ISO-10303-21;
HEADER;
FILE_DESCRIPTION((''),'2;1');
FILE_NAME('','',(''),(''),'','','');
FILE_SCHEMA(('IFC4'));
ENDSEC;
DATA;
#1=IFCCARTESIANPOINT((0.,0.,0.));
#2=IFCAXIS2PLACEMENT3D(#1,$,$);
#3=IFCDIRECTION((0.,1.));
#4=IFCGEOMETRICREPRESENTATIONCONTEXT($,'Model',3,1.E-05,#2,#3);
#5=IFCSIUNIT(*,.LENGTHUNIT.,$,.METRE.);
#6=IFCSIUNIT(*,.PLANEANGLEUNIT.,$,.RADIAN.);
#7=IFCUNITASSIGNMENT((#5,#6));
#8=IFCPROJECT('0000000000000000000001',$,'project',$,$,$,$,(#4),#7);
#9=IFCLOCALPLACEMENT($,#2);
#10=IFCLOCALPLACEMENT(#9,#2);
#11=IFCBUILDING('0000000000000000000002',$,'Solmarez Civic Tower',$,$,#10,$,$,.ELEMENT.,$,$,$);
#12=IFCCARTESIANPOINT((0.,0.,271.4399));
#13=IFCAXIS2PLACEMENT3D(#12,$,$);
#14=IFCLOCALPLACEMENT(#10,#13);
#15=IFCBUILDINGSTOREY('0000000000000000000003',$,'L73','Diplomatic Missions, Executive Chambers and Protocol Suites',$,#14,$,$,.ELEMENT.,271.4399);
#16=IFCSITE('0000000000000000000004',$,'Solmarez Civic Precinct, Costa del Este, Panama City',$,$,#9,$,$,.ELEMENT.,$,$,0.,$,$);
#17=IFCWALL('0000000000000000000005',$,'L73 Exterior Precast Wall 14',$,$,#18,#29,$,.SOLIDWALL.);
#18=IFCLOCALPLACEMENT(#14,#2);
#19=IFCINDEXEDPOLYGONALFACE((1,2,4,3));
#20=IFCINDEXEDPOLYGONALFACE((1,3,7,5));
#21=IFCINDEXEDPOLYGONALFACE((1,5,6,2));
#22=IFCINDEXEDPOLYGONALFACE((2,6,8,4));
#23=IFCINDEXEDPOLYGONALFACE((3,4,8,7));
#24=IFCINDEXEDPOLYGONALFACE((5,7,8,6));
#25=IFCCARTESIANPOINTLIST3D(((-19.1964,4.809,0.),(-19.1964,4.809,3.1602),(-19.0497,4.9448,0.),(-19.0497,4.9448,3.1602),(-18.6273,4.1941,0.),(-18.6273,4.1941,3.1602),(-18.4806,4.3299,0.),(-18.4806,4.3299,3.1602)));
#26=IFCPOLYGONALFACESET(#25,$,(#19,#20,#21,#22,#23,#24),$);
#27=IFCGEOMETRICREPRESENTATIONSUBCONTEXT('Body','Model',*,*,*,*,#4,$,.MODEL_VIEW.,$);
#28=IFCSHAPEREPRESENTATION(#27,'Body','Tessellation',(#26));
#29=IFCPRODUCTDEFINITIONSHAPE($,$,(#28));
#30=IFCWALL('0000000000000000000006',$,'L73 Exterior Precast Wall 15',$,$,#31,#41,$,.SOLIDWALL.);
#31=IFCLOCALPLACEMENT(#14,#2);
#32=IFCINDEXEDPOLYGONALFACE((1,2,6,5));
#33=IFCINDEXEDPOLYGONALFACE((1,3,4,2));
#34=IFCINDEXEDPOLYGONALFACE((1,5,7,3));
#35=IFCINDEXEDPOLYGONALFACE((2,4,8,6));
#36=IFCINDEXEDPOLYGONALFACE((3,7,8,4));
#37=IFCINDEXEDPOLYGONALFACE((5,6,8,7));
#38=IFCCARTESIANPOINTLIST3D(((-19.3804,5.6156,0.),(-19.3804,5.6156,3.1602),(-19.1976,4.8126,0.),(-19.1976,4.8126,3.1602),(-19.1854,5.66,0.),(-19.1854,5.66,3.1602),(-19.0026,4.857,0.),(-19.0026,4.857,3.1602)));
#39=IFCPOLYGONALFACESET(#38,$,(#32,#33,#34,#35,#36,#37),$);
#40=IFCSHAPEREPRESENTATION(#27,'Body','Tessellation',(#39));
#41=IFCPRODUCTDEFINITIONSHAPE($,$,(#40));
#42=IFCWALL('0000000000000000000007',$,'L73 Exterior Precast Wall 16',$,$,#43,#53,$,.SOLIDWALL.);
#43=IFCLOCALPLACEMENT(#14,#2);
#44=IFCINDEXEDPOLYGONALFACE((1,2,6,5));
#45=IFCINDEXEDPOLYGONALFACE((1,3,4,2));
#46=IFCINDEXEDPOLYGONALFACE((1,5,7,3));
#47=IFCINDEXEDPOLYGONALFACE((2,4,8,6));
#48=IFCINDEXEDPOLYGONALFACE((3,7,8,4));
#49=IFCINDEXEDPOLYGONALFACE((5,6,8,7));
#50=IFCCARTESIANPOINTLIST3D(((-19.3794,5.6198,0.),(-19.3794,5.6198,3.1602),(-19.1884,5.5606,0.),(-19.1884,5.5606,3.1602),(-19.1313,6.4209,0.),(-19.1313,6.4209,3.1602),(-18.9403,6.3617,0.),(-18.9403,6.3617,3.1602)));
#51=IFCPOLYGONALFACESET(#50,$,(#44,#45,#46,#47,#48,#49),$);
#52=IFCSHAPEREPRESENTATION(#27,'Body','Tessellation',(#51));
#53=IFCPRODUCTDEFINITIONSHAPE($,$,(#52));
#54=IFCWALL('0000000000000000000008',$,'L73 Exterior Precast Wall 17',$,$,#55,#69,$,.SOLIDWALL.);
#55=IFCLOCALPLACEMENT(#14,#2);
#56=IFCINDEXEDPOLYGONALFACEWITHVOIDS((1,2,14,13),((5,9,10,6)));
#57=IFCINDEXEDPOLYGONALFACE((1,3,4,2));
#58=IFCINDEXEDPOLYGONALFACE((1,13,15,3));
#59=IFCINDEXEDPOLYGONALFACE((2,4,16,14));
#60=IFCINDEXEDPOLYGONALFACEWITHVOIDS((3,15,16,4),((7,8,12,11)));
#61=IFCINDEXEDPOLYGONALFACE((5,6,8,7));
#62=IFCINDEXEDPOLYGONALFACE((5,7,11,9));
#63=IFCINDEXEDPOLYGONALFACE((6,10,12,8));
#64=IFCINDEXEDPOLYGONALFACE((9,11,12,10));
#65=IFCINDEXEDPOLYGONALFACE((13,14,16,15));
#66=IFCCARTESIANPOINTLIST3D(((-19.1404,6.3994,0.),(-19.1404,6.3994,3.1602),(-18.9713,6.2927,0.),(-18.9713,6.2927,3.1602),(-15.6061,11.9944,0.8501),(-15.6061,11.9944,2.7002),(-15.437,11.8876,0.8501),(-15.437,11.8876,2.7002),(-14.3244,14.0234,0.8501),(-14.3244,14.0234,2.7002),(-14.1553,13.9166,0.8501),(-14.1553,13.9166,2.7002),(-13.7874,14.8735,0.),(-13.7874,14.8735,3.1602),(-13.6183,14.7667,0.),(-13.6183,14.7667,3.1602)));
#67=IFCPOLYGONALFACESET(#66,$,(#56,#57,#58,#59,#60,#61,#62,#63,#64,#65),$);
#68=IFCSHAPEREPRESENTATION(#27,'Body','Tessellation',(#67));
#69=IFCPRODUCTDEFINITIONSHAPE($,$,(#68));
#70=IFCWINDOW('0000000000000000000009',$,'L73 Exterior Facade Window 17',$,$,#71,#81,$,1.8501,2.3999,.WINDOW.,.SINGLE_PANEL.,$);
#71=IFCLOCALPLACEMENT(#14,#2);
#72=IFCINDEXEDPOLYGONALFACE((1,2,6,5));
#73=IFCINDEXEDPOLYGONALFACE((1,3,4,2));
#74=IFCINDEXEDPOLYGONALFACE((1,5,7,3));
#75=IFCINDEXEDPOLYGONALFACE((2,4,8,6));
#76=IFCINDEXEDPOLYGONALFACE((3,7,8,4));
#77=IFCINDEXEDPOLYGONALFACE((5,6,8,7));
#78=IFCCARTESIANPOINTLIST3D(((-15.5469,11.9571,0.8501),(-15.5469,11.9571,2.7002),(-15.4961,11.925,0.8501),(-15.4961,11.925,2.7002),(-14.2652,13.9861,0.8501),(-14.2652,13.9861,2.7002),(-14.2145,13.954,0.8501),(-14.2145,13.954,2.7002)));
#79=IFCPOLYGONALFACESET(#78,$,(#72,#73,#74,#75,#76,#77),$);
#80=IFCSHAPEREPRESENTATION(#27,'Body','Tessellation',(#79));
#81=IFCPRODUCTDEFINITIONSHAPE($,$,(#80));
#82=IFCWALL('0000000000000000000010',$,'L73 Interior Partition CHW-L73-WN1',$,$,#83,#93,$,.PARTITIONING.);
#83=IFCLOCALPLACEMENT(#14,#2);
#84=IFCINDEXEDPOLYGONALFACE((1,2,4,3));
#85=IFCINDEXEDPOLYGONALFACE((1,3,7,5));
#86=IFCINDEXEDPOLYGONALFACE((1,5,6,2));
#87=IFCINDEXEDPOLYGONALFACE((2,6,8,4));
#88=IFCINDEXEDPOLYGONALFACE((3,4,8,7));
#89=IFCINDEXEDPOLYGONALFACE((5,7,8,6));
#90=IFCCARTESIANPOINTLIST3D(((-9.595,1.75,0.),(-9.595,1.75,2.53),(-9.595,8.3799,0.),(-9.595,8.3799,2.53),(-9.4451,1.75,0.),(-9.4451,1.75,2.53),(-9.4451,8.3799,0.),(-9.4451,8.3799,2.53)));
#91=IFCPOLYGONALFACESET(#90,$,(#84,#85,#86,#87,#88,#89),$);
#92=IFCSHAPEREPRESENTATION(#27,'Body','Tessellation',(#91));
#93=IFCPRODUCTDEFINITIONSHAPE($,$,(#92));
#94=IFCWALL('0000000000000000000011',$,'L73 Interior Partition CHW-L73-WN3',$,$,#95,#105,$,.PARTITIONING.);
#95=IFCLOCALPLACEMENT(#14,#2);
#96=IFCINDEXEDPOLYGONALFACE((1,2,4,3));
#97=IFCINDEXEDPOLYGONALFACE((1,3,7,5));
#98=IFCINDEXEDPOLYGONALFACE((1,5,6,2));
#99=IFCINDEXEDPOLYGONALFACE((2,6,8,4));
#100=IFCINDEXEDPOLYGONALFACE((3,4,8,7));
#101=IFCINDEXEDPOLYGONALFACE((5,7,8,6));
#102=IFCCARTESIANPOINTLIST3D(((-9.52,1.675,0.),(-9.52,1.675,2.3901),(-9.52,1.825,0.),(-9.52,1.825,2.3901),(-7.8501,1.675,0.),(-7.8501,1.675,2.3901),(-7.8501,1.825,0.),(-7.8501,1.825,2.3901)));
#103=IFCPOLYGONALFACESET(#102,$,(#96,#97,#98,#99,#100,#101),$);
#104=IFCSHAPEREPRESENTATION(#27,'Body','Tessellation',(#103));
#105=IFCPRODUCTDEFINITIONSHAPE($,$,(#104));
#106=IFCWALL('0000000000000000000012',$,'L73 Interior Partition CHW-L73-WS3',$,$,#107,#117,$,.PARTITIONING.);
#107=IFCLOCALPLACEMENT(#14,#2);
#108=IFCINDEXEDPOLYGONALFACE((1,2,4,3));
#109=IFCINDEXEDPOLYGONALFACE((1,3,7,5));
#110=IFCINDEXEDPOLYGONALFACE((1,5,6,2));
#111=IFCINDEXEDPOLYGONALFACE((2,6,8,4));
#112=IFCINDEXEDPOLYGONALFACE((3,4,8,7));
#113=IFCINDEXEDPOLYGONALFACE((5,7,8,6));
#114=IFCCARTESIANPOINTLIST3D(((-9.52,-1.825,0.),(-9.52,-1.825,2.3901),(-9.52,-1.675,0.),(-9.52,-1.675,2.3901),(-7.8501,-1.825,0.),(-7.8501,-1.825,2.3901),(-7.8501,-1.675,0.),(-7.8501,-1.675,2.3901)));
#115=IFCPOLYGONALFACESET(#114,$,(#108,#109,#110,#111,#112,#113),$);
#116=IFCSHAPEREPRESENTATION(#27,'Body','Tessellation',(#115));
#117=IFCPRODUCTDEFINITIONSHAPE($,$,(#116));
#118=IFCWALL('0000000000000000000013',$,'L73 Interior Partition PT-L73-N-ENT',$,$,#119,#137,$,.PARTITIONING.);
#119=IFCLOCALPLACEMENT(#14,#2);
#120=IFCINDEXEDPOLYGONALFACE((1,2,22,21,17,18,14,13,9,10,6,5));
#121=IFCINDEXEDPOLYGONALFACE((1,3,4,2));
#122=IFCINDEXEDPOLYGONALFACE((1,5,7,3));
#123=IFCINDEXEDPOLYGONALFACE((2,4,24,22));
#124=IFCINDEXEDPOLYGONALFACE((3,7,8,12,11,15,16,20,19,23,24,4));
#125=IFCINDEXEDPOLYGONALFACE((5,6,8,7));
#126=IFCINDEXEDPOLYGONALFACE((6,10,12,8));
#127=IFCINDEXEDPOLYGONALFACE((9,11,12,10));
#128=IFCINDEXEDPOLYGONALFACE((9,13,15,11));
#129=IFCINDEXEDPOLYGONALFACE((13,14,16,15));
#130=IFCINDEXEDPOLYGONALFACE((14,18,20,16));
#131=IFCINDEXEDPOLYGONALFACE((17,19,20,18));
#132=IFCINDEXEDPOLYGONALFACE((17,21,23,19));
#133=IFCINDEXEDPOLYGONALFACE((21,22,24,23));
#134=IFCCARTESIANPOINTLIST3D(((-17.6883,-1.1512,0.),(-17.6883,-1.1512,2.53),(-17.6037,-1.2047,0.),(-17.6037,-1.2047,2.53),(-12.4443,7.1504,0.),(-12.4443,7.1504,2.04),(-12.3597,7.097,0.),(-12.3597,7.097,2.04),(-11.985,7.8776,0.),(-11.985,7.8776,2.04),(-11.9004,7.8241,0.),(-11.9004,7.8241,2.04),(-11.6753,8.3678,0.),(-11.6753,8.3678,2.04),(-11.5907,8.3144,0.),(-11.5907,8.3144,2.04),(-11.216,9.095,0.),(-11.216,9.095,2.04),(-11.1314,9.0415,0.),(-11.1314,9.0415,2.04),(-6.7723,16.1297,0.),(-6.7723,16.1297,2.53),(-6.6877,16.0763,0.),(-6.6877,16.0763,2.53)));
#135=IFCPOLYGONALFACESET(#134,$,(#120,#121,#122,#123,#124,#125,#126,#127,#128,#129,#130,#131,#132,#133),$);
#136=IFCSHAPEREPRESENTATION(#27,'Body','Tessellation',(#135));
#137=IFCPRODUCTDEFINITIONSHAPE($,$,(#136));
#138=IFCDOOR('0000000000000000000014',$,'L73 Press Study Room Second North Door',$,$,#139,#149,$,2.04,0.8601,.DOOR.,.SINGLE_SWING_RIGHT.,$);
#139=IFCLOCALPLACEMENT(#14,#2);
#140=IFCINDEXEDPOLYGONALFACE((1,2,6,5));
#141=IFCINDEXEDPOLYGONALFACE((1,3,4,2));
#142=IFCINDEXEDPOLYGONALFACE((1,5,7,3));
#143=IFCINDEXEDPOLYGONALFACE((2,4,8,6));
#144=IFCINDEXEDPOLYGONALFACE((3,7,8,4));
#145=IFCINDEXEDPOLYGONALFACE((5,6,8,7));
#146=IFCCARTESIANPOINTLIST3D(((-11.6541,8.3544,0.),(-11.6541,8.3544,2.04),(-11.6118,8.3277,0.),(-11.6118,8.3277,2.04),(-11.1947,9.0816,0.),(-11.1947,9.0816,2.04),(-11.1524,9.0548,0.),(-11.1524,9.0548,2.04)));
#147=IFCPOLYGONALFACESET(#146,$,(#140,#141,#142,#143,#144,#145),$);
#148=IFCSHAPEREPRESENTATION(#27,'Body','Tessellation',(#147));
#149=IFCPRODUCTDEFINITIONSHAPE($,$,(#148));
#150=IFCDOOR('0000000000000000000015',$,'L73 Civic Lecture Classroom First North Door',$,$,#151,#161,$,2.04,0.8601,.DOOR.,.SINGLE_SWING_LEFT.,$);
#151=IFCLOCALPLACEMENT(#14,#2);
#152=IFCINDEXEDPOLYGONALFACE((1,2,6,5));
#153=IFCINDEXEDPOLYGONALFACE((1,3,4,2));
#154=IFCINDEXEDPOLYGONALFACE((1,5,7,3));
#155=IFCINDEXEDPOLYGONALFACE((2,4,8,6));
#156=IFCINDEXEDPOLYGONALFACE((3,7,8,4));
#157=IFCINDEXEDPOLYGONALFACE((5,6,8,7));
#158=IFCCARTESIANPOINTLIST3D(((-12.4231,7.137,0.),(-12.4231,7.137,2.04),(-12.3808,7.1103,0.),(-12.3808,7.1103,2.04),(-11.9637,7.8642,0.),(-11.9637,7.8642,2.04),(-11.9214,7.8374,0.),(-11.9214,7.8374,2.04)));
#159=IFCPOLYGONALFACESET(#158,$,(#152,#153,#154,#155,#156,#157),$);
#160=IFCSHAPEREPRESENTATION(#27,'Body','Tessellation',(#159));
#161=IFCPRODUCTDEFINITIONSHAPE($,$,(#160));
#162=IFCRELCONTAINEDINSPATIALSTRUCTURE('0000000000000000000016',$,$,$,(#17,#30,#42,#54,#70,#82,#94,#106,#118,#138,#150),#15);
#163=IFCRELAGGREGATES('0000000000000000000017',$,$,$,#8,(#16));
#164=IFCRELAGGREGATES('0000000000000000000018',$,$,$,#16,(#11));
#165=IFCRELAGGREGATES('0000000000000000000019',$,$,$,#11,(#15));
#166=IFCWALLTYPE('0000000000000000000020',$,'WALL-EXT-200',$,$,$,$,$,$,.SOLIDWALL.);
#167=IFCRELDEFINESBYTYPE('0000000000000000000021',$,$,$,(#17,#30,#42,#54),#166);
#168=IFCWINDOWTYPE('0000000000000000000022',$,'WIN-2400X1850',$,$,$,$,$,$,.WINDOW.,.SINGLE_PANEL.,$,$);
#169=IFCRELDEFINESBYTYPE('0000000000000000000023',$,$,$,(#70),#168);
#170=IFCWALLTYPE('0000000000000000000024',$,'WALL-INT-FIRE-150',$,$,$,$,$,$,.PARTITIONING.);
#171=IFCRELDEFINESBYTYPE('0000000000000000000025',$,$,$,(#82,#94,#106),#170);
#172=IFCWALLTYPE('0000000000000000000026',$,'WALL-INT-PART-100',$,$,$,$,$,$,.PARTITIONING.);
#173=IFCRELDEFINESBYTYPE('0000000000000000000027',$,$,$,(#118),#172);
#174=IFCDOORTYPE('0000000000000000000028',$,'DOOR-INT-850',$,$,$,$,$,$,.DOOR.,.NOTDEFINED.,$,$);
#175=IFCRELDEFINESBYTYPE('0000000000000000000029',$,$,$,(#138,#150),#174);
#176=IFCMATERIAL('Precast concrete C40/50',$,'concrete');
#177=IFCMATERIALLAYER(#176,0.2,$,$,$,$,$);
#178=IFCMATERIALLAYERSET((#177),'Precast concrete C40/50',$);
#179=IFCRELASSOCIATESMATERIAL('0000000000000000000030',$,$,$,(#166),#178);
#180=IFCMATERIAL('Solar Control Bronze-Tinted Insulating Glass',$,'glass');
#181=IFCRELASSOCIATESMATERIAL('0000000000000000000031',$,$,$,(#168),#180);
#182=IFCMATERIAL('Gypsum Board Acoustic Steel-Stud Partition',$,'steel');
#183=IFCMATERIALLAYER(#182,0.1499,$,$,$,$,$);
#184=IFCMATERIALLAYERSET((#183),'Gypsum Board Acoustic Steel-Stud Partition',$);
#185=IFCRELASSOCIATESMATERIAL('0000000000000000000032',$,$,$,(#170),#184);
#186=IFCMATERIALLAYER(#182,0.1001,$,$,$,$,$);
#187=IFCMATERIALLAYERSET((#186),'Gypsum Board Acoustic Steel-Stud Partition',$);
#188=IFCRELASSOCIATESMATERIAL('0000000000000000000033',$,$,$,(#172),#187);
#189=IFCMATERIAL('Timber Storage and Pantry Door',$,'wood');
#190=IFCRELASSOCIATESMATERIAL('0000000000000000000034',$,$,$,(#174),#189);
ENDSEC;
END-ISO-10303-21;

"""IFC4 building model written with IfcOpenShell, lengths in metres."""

from ifc_helpers import new_model, si_unit, direction, frame, frame_2d, origin, place, context, subcontext, project, spatial, rectangle, extrude, material, layer, layer_set, type_object, element, fill, save


model = new_model("IFC4")

# Units and contexts
model_context = context("Model", 3, precision=1e-05, world=origin(), true_north=direction((0.0, 1.0)))
body_context = subcontext(model_context, "Body", "Model", "MODEL_VIEW")
ifc_project = project(units=[si_unit("LENGTHUNIT", "METRE"), si_unit("PLANEANGLEUNIT", "RADIAN")], contexts=[model_context])

# Site, building, storey
site_placement = place(None, origin())
site = spatial("IfcSite", under=ifc_project, at=site_placement, Name="Solmarez Civic Precinct, Costa del Este, Panama City", CompositionType="ELEMENT", RefElevation=0.0)
building_placement = place(site_placement, origin())
building = spatial("IfcBuilding", under=site, at=building_placement, Name="Solmarez Civic Tower", CompositionType="ELEMENT")
storey_placement = place(building_placement, frame((0.0, 0.0, 271.4399)))
storey = spatial("IfcBuildingStorey", under=building, at=storey_placement, Name="L73", Description="Diplomatic Missions, Executive Chambers and Protocol Suites", CompositionType="ELEMENT", Elevation=271.4399)

# Walls
ifc_material_1 = material(Name="Precast concrete C40/50", Category="concrete")
ifc_layer_1 = layer(ifc_material_1, 0.2)
ifc_layer_set_1 = layer_set([ifc_layer_1], Name="Precast concrete C40/50")
wall_type_1 = type_object("IfcWallType", Name="WALL-EXT-200", PredefinedType="SOLIDWALL", material=ifc_layer_set_1)
wall_1_placement = place(storey_placement, frame((-18.554, 4.262, 0.0), z_axis=(0.0, 0.0, 1.0), x_axis=(-0.679187, 0.733965, 0.0)))
element("IfcWall", 1, at=wall_1_placement, inside=storey, type_object=wall_type_1, Name="L73 Exterior Precast Wall 14", PredefinedType="SOLIDWALL", context=body_context, shape_type="SweptSolid", body=[
    extrude(rectangle(XDim=0.8379, YDim=0.2, at=frame_2d((0.4189, 0.0))), origin(), (0.0, 0.0, 1.0), 3.1602),
])
wall_2_placement = place(storey_placement, frame((-19.1001, 4.835, 0.0), z_axis=(0.0, 0.0, 1.0), x_axis=(-0.222044, 0.975037, 0.0)))
element("IfcWall", 2, at=wall_2_placement, inside=storey, type_object=wall_type_1, Name="L73 Exterior Precast Wall 15", PredefinedType="SOLIDWALL", context=body_context, shape_type="SweptSolid", body=[
    extrude(rectangle(XDim=0.8235, YDim=0.2, at=frame_2d((0.4116, 0.0))), origin(), (0.0, 0.0, 1.0), 3.1602),
])
wall_3_placement = place(storey_placement, frame((-19.2839, 5.5901, 0.0), z_axis=(0.0, 0.0, 1.0), x_axis=(0.295804, 0.955249, 0.0)))
element("IfcWall", 3, at=wall_3_placement, inside=storey, type_object=wall_type_1, Name="L73 Exterior Precast Wall 16", PredefinedType="SOLIDWALL", context=body_context, shape_type="SweptSolid", body=[
    extrude(rectangle(XDim=0.8386, YDim=0.2, at=frame_2d((0.4194, 0.0))), origin(), (0.0, 0.0, 1.0), 3.1602),
])

# Wall, opening, window
wall_4_placement = place(storey_placement, frame((-19.0559, 6.3459, 0.0), z_axis=(0.0, 0.0, 1.0), x_axis=(0.534061, 0.845446, 0.0)))
wall_4 = element("IfcWall", 4, at=wall_4_placement, inside=storey, type_object=wall_type_1, Name="L73 Exterior Precast Wall 17", PredefinedType="SOLIDWALL", context=body_context, shape_type="SweptSolid", body=[
    extrude(rectangle(XDim=10.0232, YDim=0.2, at=frame_2d((5.0117, 0.0))), origin(), (0.0, 0.0, 1.0), 3.1602),
])
opening_1_placement = place(wall_4_placement, frame((6.6179, 0.0, 0.8501)))
opening_1 = element("IfcOpeningElement", 5, at=opening_1_placement, cuts=wall_4, PredefinedType="OPENING", context=body_context, shape_type="SweptSolid", body=[
    extrude(rectangle(XDim=2.3999, YDim=1.8501, at=frame_2d((1.2, 0.925))), frame((0.0, 0.1099, 0.0), z_axis=(0.0, -1.0, 0.0), x_axis=(1.0, 0.0, 0.0)), (0.0, 0.0, 1.0), 0.22),
])
ifc_material_2 = material(Name="Solar Control Bronze-Tinted Insulating Glass", Category="glass")
window_type = type_object("IfcWindowType", Name="WIN-2400X1850", PartitioningType="SINGLE_PANEL", PredefinedType="WINDOW", material=ifc_material_2)
window_placement = place(opening_1_placement, origin())
window = element("IfcWindow", 6, at=window_placement, inside=storey, type_object=window_type, Name="L73 Exterior Facade Window 17", OverallHeight=1.8501, OverallWidth=2.3999, PartitioningType="SINGLE_PANEL", PredefinedType="WINDOW", context=body_context, shape_type="SweptSolid", body=[
    extrude(rectangle(XDim=2.3999, YDim=1.8501, at=frame_2d((1.2, 0.925))), frame((0.0, 0.03, 0.0), z_axis=(0.0, -1.0, 0.0), x_axis=(1.0, 0.0, 0.0)), (0.0, 0.0, 1.0), 0.0601),
])
fill(opening_1, window)

# Walls
ifc_material_3 = material(Name="Gypsum Board Acoustic Steel-Stud Partition", Category="steel")
ifc_layer_2 = layer(ifc_material_3, 0.1499)
ifc_layer_set_2 = layer_set([ifc_layer_2], Name="Gypsum Board Acoustic Steel-Stud Partition")
wall_type_2 = type_object("IfcWallType", Name="WALL-INT-FIRE-150", PredefinedType="PARTITIONING", material=ifc_layer_set_2)
wall_5_placement = place(storey_placement, frame((-9.52, 1.75, 0.0), z_axis=(0.0, 0.0, 1.0), x_axis=(0.0, 1.0, 0.0)))
element("IfcWall", 7, at=wall_5_placement, inside=storey, type_object=wall_type_2, Name="L73 Interior Partition CHW-L73-WN1", PredefinedType="PARTITIONING", context=body_context, shape_type="SweptSolid", body=[
    extrude(rectangle(XDim=6.6299, YDim=0.1499, at=frame_2d((3.3149, 0.0))), origin(), (0.0, 0.0, 1.0), 2.53),
])
for number, where, z_axis, x_axis, name in (
    (8, (-7.8501, 1.75, 0.0), (0.0, 0.0, 1.0), (-1.0, 0.0, 0.0), "L73 Interior Partition CHW-L73-WN3"),
    (9, (-7.8501, -1.75, 0.0), (0.0, 0.0, 1.0), (-1.0, 0.0, 0.0), "L73 Interior Partition CHW-L73-WS3"),
):
    element("IfcWall", number, at=place(storey_placement, frame(where, z_axis=z_axis, x_axis=x_axis)), inside=storey, type_object=wall_type_2, Name=name, PredefinedType="PARTITIONING", context=body_context, shape_type="SweptSolid", body=[
        extrude(rectangle(XDim=1.6699, YDim=0.1499, at=frame_2d((0.835, 0.0))), origin(), (0.0, 0.0, 1.0), 2.3901),
    ])

# Wall, openings, doors
ifc_layer_3 = layer(ifc_material_3, 0.1001)
ifc_layer_set_3 = layer_set([ifc_layer_3], Name="Gypsum Board Acoustic Steel-Stud Partition")
wall_type_3 = type_object("IfcWallType", Name="WALL-INT-PART-100", PredefinedType="PARTITIONING", material=ifc_layer_set_3)
wall_6_placement = place(storey_placement, frame((-17.646, -1.178, 0.0), z_axis=(0.0, 0.0, 1.0), x_axis=(0.534052, 0.845451, 0.0)))
wall_6 = element("IfcWall", 10, at=wall_6_placement, inside=storey, type_object=wall_type_3, Name="L73 Interior Partition PT-L73-N-ENT", PredefinedType="PARTITIONING", context=body_context, shape_type="SweptSolid", body=[
    extrude(rectangle(XDim=20.4399, YDim=0.1001, at=frame_2d((10.22, 0.0))), origin(), (0.0, 0.0, 1.0), 2.53),
])
opening_2_placement = place(wall_6_placement, frame((11.259, 0.0, 0.0)))
opening_2 = element("IfcOpeningElement", 11, at=opening_2_placement, cuts=wall_6, PredefinedType="OPENING", context=body_context, shape_type="SweptSolid", body=[
    extrude(rectangle(XDim=0.8601, YDim=2.04, at=frame_2d((0.4302, 1.02))), frame((0.0, 0.0601, 0.0), z_axis=(0.0, -1.0, 0.0), x_axis=(1.0, 0.0, 0.0)), (0.0, 0.0, 1.0), 0.1201),
])
opening_3_placement = place(wall_6_placement, frame((9.8191, 0.0, 0.0)))
opening_3 = element("IfcOpeningElement", 12, at=opening_3_placement, cuts=wall_6, PredefinedType="OPENING", context=body_context, shape_type="SweptSolid", body=[
    extrude(rectangle(XDim=0.8601, YDim=2.04, at=frame_2d((0.4302, 1.02))), frame((0.0, 0.0601, 0.0), z_axis=(0.0, -1.0, 0.0), x_axis=(1.0, 0.0, 0.0)), (0.0, 0.0, 1.0), 0.1201),
])
ifc_material_4 = material(Name="Timber Storage and Pantry Door", Category="wood")
door_type_1 = type_object("IfcDoorType", Name="DOOR-INT-850", OperationType="NOTDEFINED", PredefinedType="DOOR", material=ifc_material_4)
door_1_placement = place(opening_2_placement, origin())
door_1 = element("IfcDoor", 13, at=door_1_placement, inside=storey, type_object=door_type_1, Name="L73 Press Study Room Second North Door", OperationType="SINGLE_SWING_RIGHT", OverallHeight=2.04, OverallWidth=0.8601, PredefinedType="DOOR", context=body_context, shape_type="SweptSolid", body=[
    extrude(rectangle(XDim=0.8601, YDim=2.04, at=frame_2d((0.4302, 1.02))), frame((0.0, 0.0249, 0.0), z_axis=(0.0, -1.0, 0.0), x_axis=(1.0, 0.0, 0.0)), (0.0, 0.0, 1.0), 0.05),
])
fill(opening_2, door_1)
door_2_placement = place(opening_3_placement, origin())
door_2 = element("IfcDoor", 14, at=door_2_placement, inside=storey, type_object=door_type_1, Name="L73 Civic Lecture Classroom First North Door", OperationType="SINGLE_SWING_LEFT", OverallHeight=2.04, OverallWidth=0.8601, PredefinedType="DOOR", context=body_context, shape_type="SweptSolid", body=[
    extrude(rectangle(XDim=0.8601, YDim=2.04, at=frame_2d((0.4302, 1.02))), frame((0.0, 0.0249, 0.0), z_axis=(0.0, -1.0, 0.0), x_axis=(1.0, 0.0, 0.0)), (0.0, 0.0, 1.0), 0.05),
])
fill(opening_3, door_2)

save(model, "model.ifc")
